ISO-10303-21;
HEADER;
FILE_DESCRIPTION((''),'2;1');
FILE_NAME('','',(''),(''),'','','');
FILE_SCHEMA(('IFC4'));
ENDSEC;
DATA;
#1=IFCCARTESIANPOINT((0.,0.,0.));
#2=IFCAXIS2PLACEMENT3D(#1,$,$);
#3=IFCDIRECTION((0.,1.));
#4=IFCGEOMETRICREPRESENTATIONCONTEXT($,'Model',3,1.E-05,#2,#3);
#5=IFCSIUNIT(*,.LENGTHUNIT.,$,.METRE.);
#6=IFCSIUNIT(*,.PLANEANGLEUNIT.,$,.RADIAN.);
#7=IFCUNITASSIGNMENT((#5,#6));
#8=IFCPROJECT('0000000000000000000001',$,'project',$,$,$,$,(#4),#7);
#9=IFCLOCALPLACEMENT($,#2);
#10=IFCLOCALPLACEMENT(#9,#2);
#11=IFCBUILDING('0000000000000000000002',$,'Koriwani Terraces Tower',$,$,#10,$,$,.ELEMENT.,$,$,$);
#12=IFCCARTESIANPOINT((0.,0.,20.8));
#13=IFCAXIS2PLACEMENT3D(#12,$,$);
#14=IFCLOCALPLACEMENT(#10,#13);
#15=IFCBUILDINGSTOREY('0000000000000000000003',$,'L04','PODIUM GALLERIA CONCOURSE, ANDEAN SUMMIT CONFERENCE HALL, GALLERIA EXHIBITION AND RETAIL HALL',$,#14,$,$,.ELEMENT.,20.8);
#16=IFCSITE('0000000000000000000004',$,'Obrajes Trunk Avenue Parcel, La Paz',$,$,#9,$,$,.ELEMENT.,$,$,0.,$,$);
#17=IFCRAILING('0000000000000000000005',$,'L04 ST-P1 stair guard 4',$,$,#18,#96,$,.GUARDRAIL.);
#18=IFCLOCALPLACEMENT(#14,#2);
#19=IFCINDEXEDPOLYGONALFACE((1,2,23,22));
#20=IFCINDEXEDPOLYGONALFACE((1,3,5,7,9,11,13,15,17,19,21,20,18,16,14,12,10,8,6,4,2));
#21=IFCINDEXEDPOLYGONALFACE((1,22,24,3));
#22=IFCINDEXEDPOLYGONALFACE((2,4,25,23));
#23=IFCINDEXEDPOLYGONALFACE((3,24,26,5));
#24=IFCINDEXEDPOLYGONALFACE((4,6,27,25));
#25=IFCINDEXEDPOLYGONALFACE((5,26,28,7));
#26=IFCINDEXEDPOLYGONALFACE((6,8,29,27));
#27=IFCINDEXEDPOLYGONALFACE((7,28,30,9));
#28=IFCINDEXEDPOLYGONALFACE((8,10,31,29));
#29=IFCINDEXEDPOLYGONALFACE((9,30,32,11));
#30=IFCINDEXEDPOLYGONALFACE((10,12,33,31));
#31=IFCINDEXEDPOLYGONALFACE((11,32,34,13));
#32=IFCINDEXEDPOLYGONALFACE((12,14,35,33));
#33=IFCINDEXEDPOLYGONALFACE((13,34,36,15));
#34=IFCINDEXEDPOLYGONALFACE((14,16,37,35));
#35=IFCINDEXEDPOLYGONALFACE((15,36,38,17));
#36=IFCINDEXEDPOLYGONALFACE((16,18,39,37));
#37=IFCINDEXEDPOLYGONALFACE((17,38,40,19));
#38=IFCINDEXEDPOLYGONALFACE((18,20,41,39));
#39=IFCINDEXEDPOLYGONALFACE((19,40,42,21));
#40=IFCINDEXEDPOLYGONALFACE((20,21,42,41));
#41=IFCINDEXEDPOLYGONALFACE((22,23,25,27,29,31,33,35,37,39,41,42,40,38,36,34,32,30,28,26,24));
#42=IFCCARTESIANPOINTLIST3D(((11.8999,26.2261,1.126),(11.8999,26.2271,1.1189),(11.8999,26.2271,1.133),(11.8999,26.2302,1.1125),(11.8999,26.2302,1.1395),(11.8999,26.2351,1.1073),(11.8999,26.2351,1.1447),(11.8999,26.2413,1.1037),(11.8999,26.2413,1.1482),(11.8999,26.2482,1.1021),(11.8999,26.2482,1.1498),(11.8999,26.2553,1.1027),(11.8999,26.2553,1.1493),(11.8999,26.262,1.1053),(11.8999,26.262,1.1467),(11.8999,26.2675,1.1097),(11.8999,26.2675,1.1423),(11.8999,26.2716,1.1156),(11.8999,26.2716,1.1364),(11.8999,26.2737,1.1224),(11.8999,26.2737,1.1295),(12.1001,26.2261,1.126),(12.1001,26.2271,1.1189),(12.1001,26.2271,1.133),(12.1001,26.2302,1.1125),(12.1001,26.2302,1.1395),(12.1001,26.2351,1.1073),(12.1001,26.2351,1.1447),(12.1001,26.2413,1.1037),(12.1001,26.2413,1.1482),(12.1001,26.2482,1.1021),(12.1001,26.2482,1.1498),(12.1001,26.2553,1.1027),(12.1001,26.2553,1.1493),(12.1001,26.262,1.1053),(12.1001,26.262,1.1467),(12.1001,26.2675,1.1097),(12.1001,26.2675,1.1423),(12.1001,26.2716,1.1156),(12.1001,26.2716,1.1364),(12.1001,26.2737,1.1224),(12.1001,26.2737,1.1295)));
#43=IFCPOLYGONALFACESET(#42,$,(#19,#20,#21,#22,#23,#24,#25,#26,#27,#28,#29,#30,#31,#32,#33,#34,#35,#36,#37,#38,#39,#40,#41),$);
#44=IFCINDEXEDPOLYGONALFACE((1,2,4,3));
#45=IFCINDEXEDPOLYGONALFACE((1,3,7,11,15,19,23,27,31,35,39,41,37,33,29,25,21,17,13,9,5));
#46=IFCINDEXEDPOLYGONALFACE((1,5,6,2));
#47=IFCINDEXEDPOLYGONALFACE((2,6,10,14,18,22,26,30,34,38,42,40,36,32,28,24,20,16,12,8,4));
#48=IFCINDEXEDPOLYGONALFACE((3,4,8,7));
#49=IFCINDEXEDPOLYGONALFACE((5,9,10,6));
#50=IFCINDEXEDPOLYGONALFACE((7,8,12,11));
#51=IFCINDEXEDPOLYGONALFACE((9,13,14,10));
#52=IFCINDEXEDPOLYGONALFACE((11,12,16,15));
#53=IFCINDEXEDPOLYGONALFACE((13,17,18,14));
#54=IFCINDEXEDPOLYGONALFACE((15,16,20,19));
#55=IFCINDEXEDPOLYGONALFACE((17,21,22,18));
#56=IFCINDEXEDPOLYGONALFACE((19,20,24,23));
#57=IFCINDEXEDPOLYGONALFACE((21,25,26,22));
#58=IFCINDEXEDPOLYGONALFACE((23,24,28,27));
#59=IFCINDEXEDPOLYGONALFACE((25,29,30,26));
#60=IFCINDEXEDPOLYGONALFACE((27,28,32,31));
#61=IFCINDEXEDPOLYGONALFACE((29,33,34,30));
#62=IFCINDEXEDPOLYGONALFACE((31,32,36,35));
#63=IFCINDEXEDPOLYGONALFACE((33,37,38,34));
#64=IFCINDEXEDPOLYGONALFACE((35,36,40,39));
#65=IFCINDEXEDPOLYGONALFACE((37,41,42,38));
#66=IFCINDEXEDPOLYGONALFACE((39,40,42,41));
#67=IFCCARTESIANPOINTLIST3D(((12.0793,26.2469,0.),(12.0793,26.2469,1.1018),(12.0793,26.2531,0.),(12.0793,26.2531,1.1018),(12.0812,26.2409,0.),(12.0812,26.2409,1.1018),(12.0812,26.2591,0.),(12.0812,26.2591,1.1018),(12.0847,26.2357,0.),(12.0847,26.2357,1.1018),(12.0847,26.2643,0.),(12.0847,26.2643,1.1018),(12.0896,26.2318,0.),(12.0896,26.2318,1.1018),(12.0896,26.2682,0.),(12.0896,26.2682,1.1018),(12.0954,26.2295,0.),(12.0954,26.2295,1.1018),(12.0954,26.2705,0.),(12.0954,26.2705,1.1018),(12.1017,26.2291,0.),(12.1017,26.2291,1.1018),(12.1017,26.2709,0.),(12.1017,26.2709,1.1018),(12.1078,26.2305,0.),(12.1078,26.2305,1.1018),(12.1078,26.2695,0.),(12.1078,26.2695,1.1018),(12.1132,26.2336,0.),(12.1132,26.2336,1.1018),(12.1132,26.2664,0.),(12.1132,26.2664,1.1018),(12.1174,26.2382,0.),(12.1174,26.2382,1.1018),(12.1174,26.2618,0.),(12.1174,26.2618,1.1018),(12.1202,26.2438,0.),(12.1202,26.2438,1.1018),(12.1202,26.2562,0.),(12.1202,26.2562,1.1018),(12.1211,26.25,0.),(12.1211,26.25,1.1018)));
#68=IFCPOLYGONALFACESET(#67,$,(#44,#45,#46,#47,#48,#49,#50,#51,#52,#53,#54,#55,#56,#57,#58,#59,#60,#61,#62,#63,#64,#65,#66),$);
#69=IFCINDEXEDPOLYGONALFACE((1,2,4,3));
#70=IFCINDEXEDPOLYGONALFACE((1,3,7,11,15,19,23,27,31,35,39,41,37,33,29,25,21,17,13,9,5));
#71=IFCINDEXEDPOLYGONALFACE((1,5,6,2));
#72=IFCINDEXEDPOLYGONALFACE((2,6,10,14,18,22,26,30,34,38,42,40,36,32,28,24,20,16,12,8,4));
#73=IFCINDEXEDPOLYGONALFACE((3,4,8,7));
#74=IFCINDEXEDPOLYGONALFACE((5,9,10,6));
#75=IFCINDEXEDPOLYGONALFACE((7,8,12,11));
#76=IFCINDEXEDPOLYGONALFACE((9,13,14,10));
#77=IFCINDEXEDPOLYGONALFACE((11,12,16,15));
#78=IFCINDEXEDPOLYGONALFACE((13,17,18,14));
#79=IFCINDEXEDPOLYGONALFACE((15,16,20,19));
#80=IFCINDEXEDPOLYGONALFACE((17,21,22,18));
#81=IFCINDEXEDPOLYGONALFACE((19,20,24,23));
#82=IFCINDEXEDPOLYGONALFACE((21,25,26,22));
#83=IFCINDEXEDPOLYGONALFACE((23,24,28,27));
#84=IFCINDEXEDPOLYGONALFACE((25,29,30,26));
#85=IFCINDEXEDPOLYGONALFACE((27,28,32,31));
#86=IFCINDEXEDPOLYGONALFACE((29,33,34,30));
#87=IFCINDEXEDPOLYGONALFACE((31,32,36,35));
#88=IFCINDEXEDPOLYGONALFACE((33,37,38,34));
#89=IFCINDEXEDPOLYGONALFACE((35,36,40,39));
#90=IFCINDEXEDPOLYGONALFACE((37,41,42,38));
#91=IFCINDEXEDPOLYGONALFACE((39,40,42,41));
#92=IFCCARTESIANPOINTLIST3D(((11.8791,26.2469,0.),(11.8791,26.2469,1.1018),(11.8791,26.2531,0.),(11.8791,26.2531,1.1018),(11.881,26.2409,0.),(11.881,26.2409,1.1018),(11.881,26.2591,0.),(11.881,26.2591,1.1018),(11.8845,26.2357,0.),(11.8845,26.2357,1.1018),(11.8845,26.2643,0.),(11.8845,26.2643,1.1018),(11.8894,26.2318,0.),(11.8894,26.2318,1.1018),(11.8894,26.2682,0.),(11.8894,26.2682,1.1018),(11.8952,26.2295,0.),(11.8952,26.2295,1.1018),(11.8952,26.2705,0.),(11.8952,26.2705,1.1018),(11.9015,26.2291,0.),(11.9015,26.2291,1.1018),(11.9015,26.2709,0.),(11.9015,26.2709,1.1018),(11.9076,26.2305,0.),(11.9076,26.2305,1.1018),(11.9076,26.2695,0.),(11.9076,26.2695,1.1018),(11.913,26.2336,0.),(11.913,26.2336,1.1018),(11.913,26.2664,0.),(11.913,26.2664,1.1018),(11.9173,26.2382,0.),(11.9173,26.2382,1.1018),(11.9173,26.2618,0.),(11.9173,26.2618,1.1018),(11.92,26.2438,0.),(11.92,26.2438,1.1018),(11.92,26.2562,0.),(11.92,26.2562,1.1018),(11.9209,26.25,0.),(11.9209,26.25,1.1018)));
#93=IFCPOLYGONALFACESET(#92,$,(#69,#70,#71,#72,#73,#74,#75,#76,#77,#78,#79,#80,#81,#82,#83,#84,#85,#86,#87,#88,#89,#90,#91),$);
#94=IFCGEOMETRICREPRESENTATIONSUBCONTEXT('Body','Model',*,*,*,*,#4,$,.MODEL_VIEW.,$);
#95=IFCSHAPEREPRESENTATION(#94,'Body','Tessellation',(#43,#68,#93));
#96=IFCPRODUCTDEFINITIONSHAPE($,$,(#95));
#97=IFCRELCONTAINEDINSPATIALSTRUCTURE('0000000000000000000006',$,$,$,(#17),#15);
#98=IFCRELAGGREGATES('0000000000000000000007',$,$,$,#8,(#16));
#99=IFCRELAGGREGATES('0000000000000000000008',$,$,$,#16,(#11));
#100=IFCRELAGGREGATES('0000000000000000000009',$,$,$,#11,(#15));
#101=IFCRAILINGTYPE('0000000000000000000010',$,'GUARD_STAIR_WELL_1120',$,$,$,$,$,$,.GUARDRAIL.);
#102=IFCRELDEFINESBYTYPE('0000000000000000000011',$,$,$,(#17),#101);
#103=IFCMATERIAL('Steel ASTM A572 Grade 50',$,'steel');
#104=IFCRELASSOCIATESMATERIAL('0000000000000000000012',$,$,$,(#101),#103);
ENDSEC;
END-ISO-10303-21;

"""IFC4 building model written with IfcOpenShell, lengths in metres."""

from ifc_helpers import new_model, si_unit, direction, frame, origin, origin_2d, place, context, subcontext, project, spatial, circle, extrude, material, type_object, element, save


model = new_model("IFC4")

# Units and contexts
model_context = context("Model", 3, precision=1e-05, world=origin(), true_north=direction((0.0, 1.0)))
body_context = subcontext(model_context, "Body", "Model", "MODEL_VIEW")
ifc_project = project(units=[si_unit("LENGTHUNIT", "METRE"), si_unit("PLANEANGLEUNIT", "RADIAN")], contexts=[model_context])

# Site, building, storey
site_placement = place(None, origin())
site = spatial("IfcSite", under=ifc_project, at=site_placement, Name="Obrajes Trunk Avenue Parcel, La Paz", CompositionType="ELEMENT", RefElevation=0.0)
building_placement = place(site_placement, origin())
building = spatial("IfcBuilding", under=site, at=building_placement, Name="Koriwani Terraces Tower", CompositionType="ELEMENT")
storey_placement = place(building_placement, frame((0.0, 0.0, 20.8)))
storey = spatial("IfcBuildingStorey", under=building, at=storey_placement, Name="L04", Description="PODIUM GALLERIA CONCOURSE, ANDEAN SUMMIT CONFERENCE HALL, GALLERIA EXHIBITION AND RETAIL HALL", CompositionType="ELEMENT", Elevation=20.8)

# Shared definitions
ifc_material_1 = material(Name="Steel ASTM A572 Grade 50", Category="steel")

# Railing
railing_type_1 = type_object("IfcRailingType", Name="GUARD_STAIR_WELL_1120", PredefinedType="GUARDRAIL", material=ifc_material_1)
railing_1_placement = place(storey_placement, frame((12.1001, 26.25, 0.0)))
element("IfcRailing", 1, at=railing_1_placement, inside=storey, type_object=railing_type_1, Name="L04 ST-P1 stair guard 4", PredefinedType="GUARDRAIL", context=body_context, shape_type="SweptSolid", body=[
    extrude(circle(Radius=0.0239, at=origin_2d()), frame((0.0, 0.0, 1.126), z_axis=(-1.0, 0.0, 0.0), x_axis=(0.0, -1.0, 0.0)), (0.0, 0.0, 1.0), 0.2002),
    extrude(circle(Radius=0.021, at=origin_2d()), origin(), (0.0, 0.0, 1.0), 1.1018),
    extrude(circle(Radius=0.021, at=origin_2d()), frame((-0.2002, 0.0, 0.0)), (0.0, 0.0, 1.0), 1.1018),
])

save(model, "model.ifc")
